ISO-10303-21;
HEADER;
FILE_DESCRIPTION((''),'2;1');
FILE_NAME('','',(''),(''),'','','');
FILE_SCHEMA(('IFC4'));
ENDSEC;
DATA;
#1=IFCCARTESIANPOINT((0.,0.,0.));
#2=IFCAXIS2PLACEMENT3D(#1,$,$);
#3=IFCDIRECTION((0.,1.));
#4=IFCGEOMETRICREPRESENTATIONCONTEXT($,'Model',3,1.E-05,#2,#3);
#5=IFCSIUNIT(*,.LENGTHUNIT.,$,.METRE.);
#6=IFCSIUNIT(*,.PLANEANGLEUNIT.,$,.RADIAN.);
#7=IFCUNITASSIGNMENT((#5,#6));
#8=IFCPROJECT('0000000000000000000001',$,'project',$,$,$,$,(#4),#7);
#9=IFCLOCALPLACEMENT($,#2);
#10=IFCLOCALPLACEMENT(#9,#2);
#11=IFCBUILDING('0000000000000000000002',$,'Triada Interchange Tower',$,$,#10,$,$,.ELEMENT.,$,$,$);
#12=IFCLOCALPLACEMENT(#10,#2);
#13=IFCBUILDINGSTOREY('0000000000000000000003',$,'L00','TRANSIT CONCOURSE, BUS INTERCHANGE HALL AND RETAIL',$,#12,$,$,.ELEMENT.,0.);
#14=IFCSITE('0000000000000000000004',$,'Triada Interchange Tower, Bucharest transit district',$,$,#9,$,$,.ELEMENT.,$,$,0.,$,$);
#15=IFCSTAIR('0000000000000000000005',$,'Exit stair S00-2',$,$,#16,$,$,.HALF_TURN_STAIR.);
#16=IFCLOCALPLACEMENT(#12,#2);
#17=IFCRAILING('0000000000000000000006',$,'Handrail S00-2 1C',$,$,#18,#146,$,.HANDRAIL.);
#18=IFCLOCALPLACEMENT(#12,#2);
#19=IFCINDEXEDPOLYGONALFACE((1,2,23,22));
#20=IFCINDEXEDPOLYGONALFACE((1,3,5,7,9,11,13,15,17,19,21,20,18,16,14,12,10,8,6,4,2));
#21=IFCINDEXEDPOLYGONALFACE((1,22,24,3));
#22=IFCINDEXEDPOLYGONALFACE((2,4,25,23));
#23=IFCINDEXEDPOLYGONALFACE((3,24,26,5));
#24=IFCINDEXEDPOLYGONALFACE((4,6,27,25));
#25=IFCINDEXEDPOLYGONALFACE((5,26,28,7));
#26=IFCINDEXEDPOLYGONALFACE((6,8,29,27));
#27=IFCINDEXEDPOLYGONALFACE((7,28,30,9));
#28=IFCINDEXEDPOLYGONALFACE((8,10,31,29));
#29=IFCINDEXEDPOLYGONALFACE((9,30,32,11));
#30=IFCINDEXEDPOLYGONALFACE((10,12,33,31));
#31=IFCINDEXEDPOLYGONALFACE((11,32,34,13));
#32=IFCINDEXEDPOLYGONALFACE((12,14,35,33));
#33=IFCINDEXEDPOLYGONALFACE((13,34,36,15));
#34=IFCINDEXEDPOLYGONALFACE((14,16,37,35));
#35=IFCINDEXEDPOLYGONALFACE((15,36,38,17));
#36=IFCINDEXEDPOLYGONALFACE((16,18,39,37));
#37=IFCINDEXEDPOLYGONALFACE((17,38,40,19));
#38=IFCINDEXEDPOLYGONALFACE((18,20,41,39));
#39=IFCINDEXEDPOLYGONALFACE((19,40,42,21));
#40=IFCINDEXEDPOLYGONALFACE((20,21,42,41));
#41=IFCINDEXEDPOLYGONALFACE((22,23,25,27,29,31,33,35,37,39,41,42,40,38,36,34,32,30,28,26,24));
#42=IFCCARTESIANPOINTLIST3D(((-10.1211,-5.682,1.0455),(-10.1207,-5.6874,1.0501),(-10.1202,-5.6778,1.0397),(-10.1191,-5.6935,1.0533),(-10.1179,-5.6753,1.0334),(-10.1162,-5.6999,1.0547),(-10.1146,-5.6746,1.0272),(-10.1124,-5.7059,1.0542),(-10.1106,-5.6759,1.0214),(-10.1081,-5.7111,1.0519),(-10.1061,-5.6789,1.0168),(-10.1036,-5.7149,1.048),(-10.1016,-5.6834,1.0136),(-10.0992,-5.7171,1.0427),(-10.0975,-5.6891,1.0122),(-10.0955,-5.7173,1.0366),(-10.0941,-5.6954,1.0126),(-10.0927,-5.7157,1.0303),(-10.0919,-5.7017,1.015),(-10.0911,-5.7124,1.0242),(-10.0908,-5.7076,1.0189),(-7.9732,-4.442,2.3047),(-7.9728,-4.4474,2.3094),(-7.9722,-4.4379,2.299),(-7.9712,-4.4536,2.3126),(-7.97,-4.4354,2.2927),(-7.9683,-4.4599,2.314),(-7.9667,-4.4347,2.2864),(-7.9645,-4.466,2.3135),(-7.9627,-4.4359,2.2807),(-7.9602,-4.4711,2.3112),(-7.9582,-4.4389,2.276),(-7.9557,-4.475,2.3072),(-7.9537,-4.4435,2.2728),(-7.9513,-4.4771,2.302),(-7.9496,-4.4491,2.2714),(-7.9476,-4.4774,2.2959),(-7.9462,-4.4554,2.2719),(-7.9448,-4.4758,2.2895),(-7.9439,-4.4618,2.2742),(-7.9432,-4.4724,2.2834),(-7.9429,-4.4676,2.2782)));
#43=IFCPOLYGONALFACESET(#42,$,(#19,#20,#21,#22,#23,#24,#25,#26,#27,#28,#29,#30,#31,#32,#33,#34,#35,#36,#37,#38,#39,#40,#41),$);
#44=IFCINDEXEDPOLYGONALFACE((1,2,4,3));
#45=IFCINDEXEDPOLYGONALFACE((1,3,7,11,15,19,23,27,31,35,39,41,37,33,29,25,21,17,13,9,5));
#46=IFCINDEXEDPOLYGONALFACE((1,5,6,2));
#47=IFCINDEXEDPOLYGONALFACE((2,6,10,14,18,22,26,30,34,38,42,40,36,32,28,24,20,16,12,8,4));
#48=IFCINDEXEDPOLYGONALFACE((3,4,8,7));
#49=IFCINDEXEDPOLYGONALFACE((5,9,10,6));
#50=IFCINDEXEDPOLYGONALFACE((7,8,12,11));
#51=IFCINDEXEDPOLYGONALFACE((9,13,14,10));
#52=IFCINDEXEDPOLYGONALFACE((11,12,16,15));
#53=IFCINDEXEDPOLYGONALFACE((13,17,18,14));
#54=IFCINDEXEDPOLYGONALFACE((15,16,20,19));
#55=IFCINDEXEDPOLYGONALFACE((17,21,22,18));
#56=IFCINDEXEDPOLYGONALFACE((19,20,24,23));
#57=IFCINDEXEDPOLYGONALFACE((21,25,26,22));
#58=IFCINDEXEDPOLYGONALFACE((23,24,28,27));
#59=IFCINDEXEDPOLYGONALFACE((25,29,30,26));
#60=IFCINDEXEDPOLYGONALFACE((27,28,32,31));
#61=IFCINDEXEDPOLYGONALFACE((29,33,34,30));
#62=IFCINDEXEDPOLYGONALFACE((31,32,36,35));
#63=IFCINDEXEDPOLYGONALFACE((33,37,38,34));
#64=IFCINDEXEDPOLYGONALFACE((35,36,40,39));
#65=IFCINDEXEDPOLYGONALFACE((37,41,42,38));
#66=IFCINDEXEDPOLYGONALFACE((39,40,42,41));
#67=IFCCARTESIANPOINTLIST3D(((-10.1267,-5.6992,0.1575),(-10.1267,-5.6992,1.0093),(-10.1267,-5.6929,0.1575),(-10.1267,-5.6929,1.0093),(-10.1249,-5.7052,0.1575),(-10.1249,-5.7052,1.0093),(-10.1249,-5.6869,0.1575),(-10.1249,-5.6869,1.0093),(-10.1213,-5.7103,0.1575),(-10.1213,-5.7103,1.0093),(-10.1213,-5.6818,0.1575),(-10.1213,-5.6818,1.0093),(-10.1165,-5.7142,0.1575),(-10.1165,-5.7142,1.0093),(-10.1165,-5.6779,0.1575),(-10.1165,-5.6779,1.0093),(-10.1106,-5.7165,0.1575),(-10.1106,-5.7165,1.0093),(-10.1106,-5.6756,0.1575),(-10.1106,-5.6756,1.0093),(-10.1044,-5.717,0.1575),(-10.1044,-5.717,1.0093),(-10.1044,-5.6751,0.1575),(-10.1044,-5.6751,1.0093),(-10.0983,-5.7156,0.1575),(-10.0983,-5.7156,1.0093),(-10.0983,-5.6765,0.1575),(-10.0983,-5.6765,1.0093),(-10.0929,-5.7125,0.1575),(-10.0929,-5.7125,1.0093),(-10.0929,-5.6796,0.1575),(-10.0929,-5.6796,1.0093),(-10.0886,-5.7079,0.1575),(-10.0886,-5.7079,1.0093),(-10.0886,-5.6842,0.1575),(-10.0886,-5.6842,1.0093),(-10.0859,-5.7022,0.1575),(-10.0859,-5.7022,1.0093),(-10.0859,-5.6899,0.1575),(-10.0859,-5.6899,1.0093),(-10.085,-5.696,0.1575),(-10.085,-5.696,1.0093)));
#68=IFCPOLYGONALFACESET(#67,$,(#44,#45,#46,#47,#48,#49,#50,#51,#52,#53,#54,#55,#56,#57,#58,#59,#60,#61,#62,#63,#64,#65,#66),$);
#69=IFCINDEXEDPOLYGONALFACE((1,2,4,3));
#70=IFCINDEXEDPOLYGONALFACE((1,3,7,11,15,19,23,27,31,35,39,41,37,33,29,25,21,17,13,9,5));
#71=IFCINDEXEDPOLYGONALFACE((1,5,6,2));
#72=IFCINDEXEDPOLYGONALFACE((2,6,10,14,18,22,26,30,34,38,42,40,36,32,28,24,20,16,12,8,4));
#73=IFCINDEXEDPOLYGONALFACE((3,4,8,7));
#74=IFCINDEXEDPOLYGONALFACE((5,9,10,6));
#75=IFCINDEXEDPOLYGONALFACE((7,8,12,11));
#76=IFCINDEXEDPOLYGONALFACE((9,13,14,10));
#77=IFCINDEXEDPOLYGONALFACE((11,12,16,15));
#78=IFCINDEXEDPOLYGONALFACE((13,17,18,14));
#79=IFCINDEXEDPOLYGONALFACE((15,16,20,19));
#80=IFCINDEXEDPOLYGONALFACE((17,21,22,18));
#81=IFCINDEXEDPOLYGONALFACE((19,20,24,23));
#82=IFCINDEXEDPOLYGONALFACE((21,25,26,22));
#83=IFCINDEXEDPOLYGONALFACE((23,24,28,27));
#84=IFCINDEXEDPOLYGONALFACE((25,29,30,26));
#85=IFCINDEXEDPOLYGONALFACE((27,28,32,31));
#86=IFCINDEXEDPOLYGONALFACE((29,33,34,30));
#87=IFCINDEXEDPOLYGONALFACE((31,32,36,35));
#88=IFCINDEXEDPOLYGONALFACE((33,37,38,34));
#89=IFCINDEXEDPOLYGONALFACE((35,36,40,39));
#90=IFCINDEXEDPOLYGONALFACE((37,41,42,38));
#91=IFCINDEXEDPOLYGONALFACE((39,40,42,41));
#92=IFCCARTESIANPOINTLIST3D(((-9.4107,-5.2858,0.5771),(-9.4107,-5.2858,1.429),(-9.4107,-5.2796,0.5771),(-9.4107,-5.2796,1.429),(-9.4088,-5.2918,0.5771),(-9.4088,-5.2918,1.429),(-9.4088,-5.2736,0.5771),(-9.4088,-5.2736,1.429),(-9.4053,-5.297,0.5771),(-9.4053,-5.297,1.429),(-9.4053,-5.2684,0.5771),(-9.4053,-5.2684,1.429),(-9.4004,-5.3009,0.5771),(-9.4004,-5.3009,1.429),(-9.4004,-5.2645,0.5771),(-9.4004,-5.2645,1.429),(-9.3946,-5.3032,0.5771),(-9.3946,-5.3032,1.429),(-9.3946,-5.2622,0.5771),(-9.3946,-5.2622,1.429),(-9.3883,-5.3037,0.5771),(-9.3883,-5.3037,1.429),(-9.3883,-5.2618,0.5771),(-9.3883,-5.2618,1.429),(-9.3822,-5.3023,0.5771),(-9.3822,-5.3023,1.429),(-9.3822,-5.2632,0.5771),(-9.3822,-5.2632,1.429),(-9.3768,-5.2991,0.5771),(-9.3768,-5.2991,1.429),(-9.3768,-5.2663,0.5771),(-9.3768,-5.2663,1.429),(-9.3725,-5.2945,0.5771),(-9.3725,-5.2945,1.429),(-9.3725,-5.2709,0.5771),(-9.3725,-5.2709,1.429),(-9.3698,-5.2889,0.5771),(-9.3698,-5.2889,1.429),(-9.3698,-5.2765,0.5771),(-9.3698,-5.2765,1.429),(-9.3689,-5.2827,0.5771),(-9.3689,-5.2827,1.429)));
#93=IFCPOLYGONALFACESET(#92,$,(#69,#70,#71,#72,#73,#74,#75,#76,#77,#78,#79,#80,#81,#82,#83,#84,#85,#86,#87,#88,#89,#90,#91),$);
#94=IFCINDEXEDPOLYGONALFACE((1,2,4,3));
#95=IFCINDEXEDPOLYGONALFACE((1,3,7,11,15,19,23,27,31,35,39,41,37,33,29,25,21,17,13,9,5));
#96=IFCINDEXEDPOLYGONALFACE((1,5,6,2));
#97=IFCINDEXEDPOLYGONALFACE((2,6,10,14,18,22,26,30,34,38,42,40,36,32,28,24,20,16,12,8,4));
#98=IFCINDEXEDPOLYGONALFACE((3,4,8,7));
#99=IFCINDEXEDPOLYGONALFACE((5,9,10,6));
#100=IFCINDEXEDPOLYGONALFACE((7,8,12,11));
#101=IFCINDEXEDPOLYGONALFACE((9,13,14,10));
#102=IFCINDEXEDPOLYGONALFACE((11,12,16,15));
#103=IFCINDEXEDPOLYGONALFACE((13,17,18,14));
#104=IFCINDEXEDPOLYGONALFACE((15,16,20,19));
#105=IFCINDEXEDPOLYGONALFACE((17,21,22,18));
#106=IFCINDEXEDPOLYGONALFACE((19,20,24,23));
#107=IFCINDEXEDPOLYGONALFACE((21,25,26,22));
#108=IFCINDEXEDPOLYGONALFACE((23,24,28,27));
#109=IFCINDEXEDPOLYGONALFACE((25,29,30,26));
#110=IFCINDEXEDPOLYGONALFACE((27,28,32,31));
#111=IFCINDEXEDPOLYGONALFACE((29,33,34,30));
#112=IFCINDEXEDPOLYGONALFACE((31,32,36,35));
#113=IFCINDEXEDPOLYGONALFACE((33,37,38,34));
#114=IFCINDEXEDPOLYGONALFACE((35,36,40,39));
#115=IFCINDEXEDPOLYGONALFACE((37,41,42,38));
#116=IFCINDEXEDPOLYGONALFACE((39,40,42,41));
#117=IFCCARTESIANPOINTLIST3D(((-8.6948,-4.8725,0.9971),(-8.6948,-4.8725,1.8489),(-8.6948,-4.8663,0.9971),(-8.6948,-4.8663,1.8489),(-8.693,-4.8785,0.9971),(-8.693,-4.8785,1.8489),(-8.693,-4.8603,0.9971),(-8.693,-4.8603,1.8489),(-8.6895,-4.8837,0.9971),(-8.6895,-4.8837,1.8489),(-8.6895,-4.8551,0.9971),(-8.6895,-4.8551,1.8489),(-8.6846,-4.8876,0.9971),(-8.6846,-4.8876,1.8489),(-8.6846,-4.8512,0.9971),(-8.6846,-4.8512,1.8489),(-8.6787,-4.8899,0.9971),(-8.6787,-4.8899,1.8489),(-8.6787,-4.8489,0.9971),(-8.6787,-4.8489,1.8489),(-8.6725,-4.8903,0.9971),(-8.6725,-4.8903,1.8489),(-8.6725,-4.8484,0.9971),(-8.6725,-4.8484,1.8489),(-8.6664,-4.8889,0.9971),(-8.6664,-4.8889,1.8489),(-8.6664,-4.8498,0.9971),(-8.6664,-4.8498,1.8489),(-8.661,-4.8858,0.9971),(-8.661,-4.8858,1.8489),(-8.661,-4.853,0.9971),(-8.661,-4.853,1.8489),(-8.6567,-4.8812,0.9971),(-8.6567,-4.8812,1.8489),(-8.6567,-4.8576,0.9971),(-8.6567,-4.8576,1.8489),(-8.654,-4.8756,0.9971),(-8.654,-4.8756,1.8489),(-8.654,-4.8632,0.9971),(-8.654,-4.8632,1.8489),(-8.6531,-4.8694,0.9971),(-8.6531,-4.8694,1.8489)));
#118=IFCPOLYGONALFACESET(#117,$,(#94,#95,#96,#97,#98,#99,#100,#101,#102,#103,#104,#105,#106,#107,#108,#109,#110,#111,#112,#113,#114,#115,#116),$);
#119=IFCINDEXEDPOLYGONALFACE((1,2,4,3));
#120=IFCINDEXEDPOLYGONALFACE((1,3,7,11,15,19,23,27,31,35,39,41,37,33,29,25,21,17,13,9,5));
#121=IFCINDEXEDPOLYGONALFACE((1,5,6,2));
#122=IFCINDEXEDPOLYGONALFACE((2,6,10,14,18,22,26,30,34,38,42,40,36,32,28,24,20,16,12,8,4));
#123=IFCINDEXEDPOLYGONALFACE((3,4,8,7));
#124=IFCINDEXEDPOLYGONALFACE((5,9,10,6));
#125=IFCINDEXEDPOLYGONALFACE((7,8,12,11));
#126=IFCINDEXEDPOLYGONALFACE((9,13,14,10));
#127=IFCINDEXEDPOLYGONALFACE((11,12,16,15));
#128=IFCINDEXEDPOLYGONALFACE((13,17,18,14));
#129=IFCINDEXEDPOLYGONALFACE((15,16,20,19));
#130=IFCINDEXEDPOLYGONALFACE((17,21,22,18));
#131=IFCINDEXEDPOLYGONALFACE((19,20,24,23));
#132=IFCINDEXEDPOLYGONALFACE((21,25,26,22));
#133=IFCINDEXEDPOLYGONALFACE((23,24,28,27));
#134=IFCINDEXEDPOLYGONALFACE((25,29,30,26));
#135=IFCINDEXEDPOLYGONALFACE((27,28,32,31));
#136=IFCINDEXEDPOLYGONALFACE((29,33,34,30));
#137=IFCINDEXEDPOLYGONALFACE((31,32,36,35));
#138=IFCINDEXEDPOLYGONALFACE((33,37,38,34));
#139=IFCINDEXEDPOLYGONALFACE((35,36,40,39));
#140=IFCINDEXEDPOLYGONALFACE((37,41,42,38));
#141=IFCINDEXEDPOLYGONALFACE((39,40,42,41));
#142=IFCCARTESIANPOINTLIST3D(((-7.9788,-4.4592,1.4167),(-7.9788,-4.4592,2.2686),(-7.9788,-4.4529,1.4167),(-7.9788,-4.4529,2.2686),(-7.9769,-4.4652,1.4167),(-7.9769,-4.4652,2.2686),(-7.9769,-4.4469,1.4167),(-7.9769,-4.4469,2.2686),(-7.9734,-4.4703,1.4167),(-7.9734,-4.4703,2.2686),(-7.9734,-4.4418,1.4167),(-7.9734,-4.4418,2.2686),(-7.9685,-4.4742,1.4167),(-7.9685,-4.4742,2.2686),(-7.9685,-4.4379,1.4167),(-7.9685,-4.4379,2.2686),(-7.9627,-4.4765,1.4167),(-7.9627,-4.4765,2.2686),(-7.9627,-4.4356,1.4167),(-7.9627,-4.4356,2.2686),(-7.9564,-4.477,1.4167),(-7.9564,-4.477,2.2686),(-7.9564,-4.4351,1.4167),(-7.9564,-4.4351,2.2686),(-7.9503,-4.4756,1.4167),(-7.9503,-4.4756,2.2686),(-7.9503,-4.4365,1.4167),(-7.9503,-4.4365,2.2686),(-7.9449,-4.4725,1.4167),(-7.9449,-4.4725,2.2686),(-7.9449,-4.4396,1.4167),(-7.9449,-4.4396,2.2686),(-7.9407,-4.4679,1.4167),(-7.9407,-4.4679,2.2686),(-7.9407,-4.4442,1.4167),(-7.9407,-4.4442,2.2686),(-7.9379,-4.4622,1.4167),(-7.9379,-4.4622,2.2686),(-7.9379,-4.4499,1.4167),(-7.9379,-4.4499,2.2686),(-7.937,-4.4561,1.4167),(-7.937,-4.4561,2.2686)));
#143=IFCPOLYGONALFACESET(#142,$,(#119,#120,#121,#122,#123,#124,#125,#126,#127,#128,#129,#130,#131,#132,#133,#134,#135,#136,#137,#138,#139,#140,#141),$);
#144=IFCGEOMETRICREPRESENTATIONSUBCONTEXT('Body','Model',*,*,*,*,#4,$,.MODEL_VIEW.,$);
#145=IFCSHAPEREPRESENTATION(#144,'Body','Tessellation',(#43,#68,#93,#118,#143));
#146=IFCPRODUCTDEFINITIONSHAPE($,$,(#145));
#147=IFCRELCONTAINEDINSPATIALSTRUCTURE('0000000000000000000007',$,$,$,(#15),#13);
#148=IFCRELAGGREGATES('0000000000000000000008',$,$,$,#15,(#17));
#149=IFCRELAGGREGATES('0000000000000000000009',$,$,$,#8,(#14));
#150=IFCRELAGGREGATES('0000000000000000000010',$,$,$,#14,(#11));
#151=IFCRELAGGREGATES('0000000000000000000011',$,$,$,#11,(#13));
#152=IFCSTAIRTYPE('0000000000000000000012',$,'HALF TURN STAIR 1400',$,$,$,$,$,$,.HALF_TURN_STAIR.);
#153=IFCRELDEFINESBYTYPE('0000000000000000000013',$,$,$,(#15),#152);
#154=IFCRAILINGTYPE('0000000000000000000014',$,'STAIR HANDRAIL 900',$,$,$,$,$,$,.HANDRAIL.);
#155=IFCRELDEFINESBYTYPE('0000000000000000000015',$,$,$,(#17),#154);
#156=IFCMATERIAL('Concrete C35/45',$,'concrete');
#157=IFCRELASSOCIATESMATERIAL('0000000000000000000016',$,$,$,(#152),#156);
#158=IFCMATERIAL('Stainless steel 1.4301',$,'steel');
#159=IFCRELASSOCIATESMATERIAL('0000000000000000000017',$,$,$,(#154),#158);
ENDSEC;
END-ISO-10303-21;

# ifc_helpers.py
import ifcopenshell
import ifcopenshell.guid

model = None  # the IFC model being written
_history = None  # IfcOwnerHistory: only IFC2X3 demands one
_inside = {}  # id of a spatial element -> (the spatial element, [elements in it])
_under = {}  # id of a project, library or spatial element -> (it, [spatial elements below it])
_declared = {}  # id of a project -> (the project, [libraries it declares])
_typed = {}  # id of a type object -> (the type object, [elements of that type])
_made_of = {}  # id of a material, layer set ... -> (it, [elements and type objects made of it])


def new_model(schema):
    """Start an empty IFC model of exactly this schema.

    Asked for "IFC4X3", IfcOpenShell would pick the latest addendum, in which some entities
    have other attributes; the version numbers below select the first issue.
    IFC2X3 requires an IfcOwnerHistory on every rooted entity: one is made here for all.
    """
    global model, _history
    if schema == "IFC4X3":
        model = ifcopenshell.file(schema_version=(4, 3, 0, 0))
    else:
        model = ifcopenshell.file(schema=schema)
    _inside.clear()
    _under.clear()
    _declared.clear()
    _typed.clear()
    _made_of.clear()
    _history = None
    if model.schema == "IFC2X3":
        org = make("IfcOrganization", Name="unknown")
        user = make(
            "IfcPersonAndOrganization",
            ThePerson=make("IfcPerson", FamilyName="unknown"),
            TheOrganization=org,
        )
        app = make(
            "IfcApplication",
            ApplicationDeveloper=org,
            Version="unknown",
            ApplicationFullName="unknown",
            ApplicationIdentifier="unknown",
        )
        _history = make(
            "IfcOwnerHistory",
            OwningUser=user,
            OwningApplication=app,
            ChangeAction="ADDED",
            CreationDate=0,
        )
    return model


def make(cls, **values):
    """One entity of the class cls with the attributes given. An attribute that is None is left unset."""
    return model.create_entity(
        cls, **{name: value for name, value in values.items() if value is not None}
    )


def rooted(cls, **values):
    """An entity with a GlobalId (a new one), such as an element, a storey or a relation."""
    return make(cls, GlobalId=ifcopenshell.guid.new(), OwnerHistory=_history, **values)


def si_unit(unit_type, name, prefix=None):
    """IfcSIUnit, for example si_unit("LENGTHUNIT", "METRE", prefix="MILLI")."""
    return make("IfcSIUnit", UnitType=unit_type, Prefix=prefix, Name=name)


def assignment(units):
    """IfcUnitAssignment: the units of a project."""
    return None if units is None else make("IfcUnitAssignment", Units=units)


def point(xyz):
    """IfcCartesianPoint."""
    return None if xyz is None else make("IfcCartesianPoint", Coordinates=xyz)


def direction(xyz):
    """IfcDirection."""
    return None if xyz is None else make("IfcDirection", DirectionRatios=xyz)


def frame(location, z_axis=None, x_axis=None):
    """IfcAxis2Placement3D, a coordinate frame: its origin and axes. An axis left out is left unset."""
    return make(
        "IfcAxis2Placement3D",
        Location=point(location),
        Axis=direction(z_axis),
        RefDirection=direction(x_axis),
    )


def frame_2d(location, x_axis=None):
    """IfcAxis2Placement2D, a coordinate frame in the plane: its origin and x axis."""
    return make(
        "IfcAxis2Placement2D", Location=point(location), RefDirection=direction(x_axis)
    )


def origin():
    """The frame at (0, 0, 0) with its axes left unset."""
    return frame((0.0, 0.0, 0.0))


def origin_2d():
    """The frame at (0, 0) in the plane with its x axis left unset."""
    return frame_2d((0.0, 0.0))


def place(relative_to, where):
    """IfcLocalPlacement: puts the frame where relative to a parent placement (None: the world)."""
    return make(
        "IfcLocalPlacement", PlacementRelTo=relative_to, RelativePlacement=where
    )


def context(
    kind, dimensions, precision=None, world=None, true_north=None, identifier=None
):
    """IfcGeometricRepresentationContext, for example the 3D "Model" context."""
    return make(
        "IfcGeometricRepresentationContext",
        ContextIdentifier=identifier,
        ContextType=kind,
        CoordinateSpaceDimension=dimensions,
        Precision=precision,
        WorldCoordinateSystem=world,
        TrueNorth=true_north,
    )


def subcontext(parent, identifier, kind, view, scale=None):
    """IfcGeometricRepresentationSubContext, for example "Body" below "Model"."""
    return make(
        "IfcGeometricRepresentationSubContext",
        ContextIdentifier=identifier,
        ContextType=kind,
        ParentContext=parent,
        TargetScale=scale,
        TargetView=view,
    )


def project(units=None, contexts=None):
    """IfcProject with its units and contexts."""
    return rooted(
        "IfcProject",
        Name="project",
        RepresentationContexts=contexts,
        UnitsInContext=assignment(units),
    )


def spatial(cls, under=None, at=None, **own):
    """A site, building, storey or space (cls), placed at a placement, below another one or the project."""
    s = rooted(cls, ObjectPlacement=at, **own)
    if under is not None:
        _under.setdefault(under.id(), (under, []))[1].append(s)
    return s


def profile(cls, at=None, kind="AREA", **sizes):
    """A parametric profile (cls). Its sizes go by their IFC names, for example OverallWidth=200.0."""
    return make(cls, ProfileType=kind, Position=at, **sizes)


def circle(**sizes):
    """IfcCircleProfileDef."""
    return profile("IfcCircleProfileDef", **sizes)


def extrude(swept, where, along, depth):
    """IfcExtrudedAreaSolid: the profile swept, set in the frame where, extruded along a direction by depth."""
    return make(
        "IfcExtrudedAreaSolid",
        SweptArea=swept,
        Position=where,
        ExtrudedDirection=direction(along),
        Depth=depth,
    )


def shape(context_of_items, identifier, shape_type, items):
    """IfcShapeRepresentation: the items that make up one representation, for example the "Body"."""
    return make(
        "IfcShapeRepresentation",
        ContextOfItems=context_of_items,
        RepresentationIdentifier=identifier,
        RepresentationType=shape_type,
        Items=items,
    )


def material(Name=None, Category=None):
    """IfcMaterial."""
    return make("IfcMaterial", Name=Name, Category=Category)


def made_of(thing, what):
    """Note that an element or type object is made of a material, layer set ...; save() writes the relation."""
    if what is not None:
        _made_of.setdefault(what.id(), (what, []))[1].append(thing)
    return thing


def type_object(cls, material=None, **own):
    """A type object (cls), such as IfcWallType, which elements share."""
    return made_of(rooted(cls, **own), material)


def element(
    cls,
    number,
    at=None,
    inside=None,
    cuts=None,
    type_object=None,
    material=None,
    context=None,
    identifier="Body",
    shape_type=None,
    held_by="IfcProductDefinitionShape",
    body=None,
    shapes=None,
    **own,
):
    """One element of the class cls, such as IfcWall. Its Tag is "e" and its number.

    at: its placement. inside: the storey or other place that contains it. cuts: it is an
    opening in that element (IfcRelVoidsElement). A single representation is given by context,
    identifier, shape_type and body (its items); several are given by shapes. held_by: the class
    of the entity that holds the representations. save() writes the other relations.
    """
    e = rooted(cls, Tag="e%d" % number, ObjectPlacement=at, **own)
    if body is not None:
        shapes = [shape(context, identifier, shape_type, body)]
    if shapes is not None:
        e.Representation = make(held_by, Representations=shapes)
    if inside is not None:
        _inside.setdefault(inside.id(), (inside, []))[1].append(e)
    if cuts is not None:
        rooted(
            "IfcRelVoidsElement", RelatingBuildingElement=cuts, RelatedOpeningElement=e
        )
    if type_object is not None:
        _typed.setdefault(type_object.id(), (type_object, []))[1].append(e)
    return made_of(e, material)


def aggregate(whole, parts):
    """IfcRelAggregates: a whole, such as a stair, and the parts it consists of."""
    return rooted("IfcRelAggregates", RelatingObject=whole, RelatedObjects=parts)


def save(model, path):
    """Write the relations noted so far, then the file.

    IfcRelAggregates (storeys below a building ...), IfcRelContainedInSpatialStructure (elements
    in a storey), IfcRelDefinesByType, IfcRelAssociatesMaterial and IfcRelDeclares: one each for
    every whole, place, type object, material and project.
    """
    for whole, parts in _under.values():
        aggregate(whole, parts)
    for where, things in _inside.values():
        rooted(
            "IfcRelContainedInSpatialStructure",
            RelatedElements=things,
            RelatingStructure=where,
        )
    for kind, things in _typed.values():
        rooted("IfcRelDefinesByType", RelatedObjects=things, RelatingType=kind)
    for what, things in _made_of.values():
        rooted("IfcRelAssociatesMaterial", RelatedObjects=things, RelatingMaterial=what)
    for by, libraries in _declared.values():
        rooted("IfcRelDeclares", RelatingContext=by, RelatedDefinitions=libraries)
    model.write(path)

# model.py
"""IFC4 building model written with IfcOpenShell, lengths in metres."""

from ifc_helpers import new_model, si_unit, direction, frame, origin, origin_2d, place, context, subcontext, project, spatial, circle, extrude, material, type_object, element, aggregate, save


model = new_model("IFC4")

# Units and contexts
model_context = context("Model", 3, precision=1e-05, world=origin(), true_north=direction((0.0, 1.0)))
body_context = subcontext(model_context, "Body", "Model", "MODEL_VIEW")
ifc_project = project(units=[si_unit("LENGTHUNIT", "METRE"), si_unit("PLANEANGLEUNIT", "RADIAN")], contexts=[model_context])

# Site, building, storey
site_placement = place(None, origin())
site = spatial("IfcSite", under=ifc_project, at=site_placement, Name="Triada Interchange Tower, Bucharest transit district", CompositionType="ELEMENT", RefElevation=0.0)
building_placement = place(site_placement, origin())
building = spatial("IfcBuilding", under=site, at=building_placement, Name="Triada Interchange Tower", CompositionType="ELEMENT")
storey_placement = place(building_placement, origin())
storey = spatial("IfcBuildingStorey", under=building, at=storey_placement, Name="L00", Description="TRANSIT CONCOURSE, BUS INTERCHANGE HALL AND RETAIL", CompositionType="ELEMENT", Elevation=0.0)

# Shared definitions
ifc_material_1 = material(Name="Concrete C35/45", Category="concrete")

# Stair, railing
stair_type = type_object("IfcStairType", Name="HALF TURN STAIR 1400", PredefinedType="HALF_TURN_STAIR", material=ifc_material_1)
stair_placement = place(storey_placement, origin())
stair = element("IfcStair", 1, at=stair_placement, inside=storey, type_object=stair_type, Name="Exit stair S00-2", PredefinedType="HALF_TURN_STAIR")
ifc_material_2 = material(Name="Stainless steel 1.4301", Category="steel")
railing_type_1 = type_object("IfcRailingType", Name="STAIR HANDRAIL 900", PredefinedType="HANDRAIL", material=ifc_material_2)
railing_1_placement = place(storey_placement, frame((-10.106, -5.696, 0.1575)))
railing_1 = element("IfcRailing", 2, at=railing_1_placement, type_object=railing_type_1, Name="Handrail S00-2 1C", PredefinedType="HANDRAIL", context=body_context, shape_type="SweptSolid", body=[
    extrude(circle(Radius=0.0239, at=origin_2d()), frame((0.0, 0.0, 0.876), z_axis=(0.772212, 0.445791, 0.452724), x_axis=(-0.499961, 0.866048, 0.0)), (0.0, 0.0, 1.0), 2.7815),
    extrude(circle(Radius=0.021, at=origin_2d()), origin(), (0.0, 0.0, 1.0), 0.8518),
    extrude(circle(Radius=0.021, at=origin_2d()), frame((0.7161, 0.4133, 0.4197)), (0.0, 0.0, 1.0), 0.8518),
    extrude(circle(Radius=0.021, at=origin_2d()), frame((1.4319, 0.8267, 0.8396)), (0.0, 0.0, 1.0), 0.8518),
    extrude(circle(Radius=0.021, at=origin_2d()), frame((2.1479, 1.24, 1.2593)), (0.0, 0.0, 1.0), 0.8518),
])
aggregate(stair, [railing_1])

save(model, "model.ifc")
